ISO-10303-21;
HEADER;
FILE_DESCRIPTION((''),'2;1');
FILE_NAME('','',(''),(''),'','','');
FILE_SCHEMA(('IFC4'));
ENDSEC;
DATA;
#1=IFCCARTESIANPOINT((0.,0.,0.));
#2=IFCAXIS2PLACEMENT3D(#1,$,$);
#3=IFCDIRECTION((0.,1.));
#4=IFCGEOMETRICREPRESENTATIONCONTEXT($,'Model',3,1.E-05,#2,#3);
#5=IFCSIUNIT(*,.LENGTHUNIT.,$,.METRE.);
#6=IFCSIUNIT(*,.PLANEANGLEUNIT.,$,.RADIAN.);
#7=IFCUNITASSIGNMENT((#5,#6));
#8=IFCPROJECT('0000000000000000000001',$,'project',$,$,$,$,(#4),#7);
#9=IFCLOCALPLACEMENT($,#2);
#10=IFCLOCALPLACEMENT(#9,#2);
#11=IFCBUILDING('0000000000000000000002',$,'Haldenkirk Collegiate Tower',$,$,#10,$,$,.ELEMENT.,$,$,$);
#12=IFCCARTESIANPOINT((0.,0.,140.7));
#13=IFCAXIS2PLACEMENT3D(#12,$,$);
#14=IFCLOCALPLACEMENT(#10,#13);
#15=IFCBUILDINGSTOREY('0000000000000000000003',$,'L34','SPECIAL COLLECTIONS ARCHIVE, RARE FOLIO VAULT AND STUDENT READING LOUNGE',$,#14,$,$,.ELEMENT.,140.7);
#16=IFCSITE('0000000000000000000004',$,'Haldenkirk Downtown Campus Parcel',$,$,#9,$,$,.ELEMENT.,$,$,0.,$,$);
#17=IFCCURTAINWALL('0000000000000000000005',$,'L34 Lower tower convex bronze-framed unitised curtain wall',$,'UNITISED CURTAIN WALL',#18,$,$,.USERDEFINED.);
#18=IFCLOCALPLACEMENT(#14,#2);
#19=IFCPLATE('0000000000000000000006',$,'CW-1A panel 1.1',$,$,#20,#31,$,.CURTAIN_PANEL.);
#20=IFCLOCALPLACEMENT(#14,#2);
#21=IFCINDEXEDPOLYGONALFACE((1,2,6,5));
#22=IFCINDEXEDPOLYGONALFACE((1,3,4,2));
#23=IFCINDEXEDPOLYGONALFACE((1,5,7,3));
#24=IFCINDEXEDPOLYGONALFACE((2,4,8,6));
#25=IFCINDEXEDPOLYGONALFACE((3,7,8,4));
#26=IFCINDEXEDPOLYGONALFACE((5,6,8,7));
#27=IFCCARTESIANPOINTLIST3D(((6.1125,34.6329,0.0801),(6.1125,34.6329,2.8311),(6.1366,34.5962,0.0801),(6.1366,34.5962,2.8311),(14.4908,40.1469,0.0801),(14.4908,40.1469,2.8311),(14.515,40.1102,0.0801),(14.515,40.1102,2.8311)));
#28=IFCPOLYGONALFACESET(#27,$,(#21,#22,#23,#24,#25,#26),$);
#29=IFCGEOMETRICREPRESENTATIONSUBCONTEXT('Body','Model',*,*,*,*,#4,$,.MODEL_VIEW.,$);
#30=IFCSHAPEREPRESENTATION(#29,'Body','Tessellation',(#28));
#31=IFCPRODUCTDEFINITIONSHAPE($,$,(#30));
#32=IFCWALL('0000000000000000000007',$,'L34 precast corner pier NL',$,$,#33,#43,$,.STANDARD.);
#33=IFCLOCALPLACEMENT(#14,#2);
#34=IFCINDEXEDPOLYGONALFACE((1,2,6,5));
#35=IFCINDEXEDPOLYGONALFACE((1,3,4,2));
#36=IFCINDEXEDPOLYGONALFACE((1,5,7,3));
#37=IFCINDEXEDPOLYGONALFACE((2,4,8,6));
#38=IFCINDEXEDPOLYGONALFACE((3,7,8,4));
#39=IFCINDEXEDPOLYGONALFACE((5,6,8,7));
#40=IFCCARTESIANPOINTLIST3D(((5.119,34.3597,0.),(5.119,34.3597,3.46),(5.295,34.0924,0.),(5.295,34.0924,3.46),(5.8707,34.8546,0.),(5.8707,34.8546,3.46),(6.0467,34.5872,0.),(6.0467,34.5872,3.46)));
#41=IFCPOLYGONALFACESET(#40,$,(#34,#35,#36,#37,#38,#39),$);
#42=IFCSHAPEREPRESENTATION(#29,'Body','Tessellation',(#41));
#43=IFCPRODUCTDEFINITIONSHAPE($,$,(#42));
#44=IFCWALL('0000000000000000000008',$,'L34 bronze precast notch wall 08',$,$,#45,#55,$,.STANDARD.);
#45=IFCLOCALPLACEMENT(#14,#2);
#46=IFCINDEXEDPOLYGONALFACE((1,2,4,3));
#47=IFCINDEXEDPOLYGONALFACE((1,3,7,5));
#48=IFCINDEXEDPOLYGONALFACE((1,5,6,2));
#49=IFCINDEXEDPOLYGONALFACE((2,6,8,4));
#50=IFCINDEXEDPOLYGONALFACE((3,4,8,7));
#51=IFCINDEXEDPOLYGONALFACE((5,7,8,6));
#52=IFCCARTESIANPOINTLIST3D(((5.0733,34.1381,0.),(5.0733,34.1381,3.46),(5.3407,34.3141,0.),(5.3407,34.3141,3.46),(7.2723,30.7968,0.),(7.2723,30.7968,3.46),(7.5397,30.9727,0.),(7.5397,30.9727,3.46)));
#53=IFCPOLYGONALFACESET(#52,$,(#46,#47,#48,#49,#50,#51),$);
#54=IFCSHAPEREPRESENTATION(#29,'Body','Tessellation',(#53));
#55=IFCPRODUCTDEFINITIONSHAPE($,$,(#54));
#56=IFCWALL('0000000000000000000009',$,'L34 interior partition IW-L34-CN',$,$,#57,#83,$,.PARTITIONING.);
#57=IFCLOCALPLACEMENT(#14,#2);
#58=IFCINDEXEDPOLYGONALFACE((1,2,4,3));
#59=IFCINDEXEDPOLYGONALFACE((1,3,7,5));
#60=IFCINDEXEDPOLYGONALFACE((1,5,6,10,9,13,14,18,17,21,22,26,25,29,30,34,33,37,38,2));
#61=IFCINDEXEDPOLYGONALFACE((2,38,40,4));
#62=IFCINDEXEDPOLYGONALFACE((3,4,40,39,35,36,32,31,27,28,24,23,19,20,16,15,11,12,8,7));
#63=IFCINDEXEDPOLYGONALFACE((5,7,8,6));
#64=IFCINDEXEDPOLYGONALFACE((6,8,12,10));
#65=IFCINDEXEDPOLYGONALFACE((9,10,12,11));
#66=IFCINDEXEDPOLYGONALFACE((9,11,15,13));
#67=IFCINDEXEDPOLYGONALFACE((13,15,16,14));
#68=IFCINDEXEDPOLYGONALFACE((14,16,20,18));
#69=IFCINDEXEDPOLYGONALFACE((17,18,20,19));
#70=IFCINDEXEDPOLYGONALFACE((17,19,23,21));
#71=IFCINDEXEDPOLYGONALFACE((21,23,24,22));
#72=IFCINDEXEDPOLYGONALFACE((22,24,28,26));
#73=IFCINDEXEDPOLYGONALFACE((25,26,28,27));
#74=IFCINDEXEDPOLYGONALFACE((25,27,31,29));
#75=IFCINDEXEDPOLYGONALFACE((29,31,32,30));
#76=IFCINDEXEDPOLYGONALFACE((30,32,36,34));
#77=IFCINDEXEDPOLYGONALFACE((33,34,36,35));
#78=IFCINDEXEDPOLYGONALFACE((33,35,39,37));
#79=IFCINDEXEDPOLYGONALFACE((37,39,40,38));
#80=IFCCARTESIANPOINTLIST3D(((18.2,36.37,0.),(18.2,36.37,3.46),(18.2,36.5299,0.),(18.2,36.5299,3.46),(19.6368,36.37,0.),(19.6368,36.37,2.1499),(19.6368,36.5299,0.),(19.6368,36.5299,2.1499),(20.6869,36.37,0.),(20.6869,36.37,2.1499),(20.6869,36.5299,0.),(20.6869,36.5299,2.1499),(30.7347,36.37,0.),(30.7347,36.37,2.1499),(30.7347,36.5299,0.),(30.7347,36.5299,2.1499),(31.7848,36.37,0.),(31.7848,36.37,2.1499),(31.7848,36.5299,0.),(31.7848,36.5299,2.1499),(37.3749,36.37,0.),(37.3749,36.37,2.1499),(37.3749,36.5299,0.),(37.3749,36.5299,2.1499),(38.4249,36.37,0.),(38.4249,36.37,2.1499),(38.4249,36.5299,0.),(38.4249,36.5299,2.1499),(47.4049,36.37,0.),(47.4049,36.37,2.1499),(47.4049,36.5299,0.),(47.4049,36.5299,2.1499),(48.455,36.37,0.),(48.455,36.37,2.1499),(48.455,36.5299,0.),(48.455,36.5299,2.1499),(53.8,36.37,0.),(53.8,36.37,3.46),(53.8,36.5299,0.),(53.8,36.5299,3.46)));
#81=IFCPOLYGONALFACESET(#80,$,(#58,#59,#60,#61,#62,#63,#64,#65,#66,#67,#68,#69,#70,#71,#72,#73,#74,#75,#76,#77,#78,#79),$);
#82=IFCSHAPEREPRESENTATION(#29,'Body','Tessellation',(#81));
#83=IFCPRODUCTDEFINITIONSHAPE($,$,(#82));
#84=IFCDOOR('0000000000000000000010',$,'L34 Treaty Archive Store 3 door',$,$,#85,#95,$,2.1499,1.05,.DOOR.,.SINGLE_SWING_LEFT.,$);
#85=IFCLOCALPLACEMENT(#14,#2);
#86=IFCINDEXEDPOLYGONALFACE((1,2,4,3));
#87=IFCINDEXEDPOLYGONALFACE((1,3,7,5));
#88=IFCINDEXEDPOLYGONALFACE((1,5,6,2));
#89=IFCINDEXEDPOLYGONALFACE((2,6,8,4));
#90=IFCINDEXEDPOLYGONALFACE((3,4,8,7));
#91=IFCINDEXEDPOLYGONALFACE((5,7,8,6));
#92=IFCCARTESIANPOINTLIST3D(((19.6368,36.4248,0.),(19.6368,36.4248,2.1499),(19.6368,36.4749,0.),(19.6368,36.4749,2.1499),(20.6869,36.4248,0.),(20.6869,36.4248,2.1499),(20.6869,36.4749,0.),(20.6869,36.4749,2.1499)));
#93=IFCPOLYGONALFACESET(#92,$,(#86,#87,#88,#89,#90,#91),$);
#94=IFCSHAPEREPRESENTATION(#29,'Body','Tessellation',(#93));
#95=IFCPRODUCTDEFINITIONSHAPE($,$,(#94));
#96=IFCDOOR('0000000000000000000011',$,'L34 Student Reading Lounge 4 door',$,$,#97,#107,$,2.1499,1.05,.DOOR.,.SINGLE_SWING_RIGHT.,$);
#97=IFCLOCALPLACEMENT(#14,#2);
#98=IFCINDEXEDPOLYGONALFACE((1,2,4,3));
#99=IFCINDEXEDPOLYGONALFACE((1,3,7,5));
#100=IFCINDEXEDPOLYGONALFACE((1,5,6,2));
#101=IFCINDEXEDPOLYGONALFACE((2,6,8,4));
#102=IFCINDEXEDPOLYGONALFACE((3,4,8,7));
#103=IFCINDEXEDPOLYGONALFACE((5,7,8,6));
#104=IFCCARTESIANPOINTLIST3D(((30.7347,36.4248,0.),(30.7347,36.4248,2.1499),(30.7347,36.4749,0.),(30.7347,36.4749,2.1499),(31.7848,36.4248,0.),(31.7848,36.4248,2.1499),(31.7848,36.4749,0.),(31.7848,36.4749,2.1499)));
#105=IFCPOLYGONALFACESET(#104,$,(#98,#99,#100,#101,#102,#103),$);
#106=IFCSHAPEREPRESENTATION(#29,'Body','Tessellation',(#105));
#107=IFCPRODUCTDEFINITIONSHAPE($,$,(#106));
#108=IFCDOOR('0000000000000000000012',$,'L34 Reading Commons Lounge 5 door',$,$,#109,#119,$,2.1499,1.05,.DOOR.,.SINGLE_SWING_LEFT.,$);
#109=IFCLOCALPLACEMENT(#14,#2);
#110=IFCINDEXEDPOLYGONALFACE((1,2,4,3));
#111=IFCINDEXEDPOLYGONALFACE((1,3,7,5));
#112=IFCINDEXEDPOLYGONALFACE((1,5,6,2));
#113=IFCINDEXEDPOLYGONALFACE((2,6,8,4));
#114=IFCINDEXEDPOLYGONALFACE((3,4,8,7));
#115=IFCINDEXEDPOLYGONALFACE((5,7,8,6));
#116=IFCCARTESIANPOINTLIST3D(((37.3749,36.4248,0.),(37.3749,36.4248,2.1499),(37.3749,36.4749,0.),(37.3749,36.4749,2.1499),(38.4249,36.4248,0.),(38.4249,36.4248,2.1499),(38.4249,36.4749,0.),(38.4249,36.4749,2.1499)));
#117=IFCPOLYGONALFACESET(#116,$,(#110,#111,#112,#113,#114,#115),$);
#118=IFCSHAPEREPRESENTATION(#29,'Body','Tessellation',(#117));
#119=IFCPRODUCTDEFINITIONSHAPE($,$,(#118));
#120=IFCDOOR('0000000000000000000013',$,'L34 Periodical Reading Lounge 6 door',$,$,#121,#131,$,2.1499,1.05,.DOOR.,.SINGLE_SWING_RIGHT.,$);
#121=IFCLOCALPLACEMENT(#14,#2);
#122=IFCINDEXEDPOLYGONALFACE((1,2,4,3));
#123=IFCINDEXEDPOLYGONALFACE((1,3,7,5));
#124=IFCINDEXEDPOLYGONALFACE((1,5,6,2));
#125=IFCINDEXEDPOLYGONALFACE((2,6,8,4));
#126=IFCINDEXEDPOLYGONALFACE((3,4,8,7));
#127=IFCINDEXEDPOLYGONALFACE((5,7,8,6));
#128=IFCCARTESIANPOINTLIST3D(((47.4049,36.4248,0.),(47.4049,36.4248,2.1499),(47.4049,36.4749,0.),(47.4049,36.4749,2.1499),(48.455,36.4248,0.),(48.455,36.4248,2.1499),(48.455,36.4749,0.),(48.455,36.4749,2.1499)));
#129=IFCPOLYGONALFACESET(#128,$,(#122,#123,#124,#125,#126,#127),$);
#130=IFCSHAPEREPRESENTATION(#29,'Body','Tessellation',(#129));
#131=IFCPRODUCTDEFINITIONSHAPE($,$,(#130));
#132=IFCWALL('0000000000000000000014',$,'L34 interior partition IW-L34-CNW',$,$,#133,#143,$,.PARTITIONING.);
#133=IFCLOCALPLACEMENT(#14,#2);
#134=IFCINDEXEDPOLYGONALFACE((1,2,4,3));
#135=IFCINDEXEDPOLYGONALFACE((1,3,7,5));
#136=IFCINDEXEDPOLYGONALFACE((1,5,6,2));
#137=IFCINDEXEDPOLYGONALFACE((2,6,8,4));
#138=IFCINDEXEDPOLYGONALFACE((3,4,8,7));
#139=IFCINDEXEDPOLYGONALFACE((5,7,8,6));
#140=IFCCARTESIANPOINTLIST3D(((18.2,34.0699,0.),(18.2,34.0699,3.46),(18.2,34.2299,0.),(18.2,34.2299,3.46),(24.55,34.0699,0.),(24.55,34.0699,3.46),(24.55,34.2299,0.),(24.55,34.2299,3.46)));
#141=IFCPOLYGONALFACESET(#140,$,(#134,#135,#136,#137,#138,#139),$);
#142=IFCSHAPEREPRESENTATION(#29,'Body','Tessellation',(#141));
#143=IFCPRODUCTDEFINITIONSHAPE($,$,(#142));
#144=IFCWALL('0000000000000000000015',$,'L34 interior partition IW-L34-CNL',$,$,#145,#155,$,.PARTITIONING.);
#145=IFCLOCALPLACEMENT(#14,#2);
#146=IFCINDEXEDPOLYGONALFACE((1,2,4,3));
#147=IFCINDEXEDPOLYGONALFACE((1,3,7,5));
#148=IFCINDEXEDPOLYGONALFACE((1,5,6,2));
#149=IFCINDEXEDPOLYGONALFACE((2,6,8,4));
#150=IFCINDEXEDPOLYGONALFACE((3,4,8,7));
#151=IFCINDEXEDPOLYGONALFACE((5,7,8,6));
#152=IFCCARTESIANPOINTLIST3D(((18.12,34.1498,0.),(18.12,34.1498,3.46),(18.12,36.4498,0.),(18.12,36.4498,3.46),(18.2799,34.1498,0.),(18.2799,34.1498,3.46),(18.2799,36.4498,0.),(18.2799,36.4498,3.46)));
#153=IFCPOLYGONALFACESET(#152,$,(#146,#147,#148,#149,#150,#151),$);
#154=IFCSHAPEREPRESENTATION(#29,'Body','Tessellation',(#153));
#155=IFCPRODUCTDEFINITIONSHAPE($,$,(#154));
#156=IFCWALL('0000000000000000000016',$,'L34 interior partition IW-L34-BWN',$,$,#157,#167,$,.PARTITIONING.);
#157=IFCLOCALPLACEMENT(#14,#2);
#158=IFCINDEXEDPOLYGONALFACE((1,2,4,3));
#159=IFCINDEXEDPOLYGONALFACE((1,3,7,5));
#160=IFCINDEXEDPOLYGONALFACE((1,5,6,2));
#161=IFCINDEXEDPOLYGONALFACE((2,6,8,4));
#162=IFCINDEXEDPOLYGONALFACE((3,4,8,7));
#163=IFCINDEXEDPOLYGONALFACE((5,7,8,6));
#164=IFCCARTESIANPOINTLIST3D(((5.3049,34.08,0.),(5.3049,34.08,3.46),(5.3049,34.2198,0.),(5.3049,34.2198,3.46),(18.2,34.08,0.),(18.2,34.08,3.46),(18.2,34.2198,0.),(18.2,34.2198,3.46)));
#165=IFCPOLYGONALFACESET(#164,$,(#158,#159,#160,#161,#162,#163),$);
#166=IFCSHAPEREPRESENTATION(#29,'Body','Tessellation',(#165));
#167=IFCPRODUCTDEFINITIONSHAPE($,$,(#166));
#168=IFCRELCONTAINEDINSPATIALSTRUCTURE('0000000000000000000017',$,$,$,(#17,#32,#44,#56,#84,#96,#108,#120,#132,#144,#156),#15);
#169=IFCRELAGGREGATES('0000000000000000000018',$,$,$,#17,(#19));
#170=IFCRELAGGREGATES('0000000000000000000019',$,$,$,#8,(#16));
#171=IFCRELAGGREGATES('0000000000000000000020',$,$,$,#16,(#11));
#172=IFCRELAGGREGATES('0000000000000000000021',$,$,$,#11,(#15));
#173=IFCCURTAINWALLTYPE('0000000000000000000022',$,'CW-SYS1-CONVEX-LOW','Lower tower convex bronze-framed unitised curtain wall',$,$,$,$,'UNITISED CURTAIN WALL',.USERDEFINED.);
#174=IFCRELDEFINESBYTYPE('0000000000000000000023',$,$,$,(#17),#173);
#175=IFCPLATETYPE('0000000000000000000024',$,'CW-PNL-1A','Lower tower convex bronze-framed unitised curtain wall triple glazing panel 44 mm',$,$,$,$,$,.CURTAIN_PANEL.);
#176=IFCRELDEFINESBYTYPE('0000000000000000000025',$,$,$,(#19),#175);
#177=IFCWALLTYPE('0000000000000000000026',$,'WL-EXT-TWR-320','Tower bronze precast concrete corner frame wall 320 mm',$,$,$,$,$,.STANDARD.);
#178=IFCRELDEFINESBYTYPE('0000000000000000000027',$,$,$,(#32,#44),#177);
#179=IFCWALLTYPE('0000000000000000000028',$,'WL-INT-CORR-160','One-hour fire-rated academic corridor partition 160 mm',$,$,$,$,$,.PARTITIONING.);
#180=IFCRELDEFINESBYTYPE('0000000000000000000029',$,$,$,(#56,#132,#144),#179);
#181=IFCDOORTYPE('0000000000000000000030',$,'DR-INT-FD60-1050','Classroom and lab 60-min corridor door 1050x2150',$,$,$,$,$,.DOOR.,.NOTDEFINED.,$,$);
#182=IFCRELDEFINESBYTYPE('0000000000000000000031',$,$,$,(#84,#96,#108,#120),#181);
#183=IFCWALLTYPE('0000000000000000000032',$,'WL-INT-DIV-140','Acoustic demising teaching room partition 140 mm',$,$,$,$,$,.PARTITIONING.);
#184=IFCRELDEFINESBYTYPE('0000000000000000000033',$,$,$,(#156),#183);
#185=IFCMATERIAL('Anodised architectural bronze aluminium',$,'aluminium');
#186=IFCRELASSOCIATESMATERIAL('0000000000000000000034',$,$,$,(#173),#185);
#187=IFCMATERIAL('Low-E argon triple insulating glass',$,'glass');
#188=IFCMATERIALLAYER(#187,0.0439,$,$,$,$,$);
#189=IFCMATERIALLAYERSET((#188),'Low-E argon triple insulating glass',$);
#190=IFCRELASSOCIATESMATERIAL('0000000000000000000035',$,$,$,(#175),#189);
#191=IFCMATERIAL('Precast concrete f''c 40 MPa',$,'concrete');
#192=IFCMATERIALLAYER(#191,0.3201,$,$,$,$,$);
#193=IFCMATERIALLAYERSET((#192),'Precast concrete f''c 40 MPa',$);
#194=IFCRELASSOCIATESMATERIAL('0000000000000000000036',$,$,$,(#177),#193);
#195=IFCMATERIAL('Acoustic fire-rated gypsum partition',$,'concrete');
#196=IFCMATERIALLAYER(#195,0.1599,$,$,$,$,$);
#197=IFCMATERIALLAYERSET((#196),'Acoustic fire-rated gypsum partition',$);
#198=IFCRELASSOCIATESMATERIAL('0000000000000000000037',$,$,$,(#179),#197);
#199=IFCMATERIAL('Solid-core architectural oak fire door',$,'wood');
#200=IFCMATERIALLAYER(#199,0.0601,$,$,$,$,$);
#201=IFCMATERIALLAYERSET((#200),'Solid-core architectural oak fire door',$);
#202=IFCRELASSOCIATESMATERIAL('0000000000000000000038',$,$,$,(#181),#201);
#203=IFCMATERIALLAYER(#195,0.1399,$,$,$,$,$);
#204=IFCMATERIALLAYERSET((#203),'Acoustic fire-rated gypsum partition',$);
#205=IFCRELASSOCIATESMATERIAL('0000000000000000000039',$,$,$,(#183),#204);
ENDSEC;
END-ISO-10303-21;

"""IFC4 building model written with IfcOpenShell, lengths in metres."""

from ifc_helpers import new_model, si_unit, direction, frame, frame_2d, origin, origin_2d, place, context, subcontext, project, spatial, rectangle, extrude, source, transform, mapped, material, layer, layer_set, type_object, element, fill, aggregate, save


model = new_model("IFC4")

# Units and contexts
model_context = context("Model", 3, precision=1e-05, world=origin(), true_north=direction((0.0, 1.0)))
body_context = subcontext(model_context, "Body", "Model", "MODEL_VIEW")
ifc_project = project(units=[si_unit("LENGTHUNIT", "METRE"), si_unit("PLANEANGLEUNIT", "RADIAN")], contexts=[model_context])

# Site, building, storey
site_placement = place(None, origin())
site = spatial("IfcSite", under=ifc_project, at=site_placement, Name="Haldenkirk Downtown Campus Parcel", CompositionType="ELEMENT", RefElevation=0.0)
building_placement = place(site_placement, origin())
building = spatial("IfcBuilding", under=site, at=building_placement, Name="Haldenkirk Collegiate Tower", CompositionType="ELEMENT")
storey_placement = place(building_placement, frame((0.0, 0.0, 140.7)))
storey = spatial("IfcBuildingStorey", under=building, at=storey_placement, Name="L34", Description="SPECIAL COLLECTIONS ARCHIVE, RARE FOLIO VAULT AND STUDENT READING LOUNGE", CompositionType="ELEMENT", Elevation=140.7)

# Curtain wall, plate
ifc_material_1 = material(Name="Anodised architectural bronze aluminium", Category="aluminium")
curtain_wall_type = type_object("IfcCurtainWallType", Name="CW-SYS1-CONVEX-LOW", Description="Lower tower convex bronze-framed unitised curtain wall", ElementType="UNITISED CURTAIN WALL", PredefinedType="USERDEFINED", material=ifc_material_1)
curtain_wall_placement = place(storey_placement, origin())
curtain_wall = element("IfcCurtainWall", 1, at=curtain_wall_placement, inside=storey, type_object=curtain_wall_type, Name="L34 Lower tower convex bronze-framed unitised curtain wall", ObjectType="UNITISED CURTAIN WALL", PredefinedType="USERDEFINED")
ifc_material_2 = material(Name="Low-E argon triple insulating glass", Category="glass")
ifc_layer_1 = layer(ifc_material_2, 0.0439)
ifc_layer_set_1 = layer_set([ifc_layer_1], Name="Low-E argon triple insulating glass")
plate_type = type_object("IfcPlateType", Name="CW-PNL-1A", Description="Lower tower convex bronze-framed unitised curtain wall triple glazing panel 44 mm", PredefinedType="CURTAIN_PANEL", material=ifc_layer_set_1)
shared_shape_1 = source(origin(), body_context, "Body", "SweptSolid", [
    extrude(rectangle(XDim=10.03, YDim=0.0439, at=origin_2d()), origin(), (0.0, 0.0, 1.0), 2.751),
])
plate_placement = place(storey_placement, frame((10.3137, 37.3716, 0.0801), z_axis=(0.0, 0.0, 1.0), x_axis=(0.835329, 0.54975, 0.0)))
plate = element("IfcPlate", 2, at=plate_placement, type_object=plate_type, Name="CW-1A panel 1.1", PredefinedType="CURTAIN_PANEL", context=body_context, shape_type="MappedRepresentation", body=[
    mapped(shared_shape_1, transform((0.0, 0.0, 0.0), x_axis=(1.0, 0.0, 0.0), y_axis=(0.0, 1.0, 0.0), z_axis=(0.0, 0.0, 1.0), scale=1.0)),
])
aggregate(curtain_wall, [plate])

# Walls
ifc_material_3 = material(Name="Precast concrete f'c 40 MPa", Category="concrete")
ifc_layer_2 = layer(ifc_material_3, 0.3201)
ifc_layer_set_2 = layer_set([ifc_layer_2], Name="Precast concrete f'c 40 MPa")
wall_type_1 = type_object("IfcWallType", Name="WL-EXT-TWR-320", Description="Tower bronze precast concrete corner frame wall 320 mm", PredefinedType="STANDARD", material=ifc_layer_set_2)
wall_1_placement = place(storey_placement, frame((5.207, 34.2261, 0.0), z_axis=(0.0, 0.0, 1.0), x_axis=(0.83525, 0.549871, 0.0)))
element("IfcWall", 3, at=wall_1_placement, inside=storey, type_object=wall_type_1, Name="L34 precast corner pier NL", PredefinedType="STANDARD", context=body_context, shape_type="SweptSolid", body=[
    extrude(rectangle(XDim=0.8999, YDim=0.3201, at=frame_2d((0.45, 0.0))), origin(), (0.0, 0.0, 1.0), 3.46),
])
wall_2_placement = place(storey_placement, frame((7.406, 30.8848, 0.0), z_axis=(0.0, 0.0, 1.0), x_axis=(-0.549747, 0.835332, 0.0)))
element("IfcWall", 4, at=wall_2_placement, inside=storey, type_object=wall_type_1, Name="L34 bronze precast notch wall 08", PredefinedType="STANDARD", context=body_context, shape_type="SweptSolid", body=[
    extrude(rectangle(XDim=4.0, YDim=0.3201, at=frame_2d((2.0, 0.0))), origin(), (0.0, 0.0, 1.0), 3.46),
])

# Wall, openings, doors
ifc_material_4 = material(Name="Acoustic fire-rated gypsum partition", Category="concrete")
ifc_layer_3 = layer(ifc_material_4, 0.1599)
ifc_layer_set_3 = layer_set([ifc_layer_3], Name="Acoustic fire-rated gypsum partition")
wall_type_2 = type_object("IfcWallType", Name="WL-INT-CORR-160", Description="One-hour fire-rated academic corridor partition 160 mm", PredefinedType="PARTITIONING", material=ifc_layer_set_3)
wall_3_placement = place(storey_placement, frame((18.2, 36.45, 0.0), z_axis=(0.0, 0.0, 1.0), x_axis=(1.0, 0.0, 0.0)))
wall_3 = element("IfcWall", 5, at=wall_3_placement, inside=storey, type_object=wall_type_2, Name="L34 interior partition IW-L34-CN", PredefinedType="PARTITIONING", context=body_context, shape_type="SweptSolid", body=[
    extrude(rectangle(XDim=35.6001, YDim=0.1599, at=frame_2d((17.8, 0.0))), origin(), (0.0, 0.0, 1.0), 3.46),
])
opening_1_placement = place(wall_3_placement, frame((1.437, 0.0, 0.0)))
opening_1 = element("IfcOpeningElement", 6, at=opening_1_placement, cuts=wall_3, PredefinedType="OPENING", context=body_context, shape_type="SweptSolid", body=[
    extrude(rectangle(XDim=1.05, YDim=2.1499, at=frame_2d((0.5249, 1.075))), frame((0.0, 0.0898, 0.0), z_axis=(0.0, -1.0, 0.0), x_axis=(1.0, 0.0, 0.0)), (0.0, 0.0, 1.0), 0.1799),
])
opening_2_placement = place(wall_3_placement, frame((12.5349, 0.0, 0.0)))
opening_2 = element("IfcOpeningElement", 7, at=opening_2_placement, cuts=wall_3, PredefinedType="OPENING", context=body_context, shape_type="SweptSolid", body=[
    extrude(rectangle(XDim=1.05, YDim=2.1499, at=frame_2d((0.5249, 1.075))), frame((0.0, 0.0898, 0.0), z_axis=(0.0, -1.0, 0.0), x_axis=(1.0, 0.0, 0.0)), (0.0, 0.0, 1.0), 0.1799),
])
opening_3_placement = place(wall_3_placement, frame((19.175, 0.0, 0.0)))
opening_3 = element("IfcOpeningElement", 8, at=opening_3_placement, cuts=wall_3, PredefinedType="OPENING", context=body_context, shape_type="SweptSolid", body=[
    extrude(rectangle(XDim=1.05, YDim=2.1499, at=frame_2d((0.5249, 1.075))), frame((0.0, 0.0898, 0.0), z_axis=(0.0, -1.0, 0.0), x_axis=(1.0, 0.0, 0.0)), (0.0, 0.0, 1.0), 0.1799),
])
opening_4_placement = place(wall_3_placement, frame((29.2051, 0.0, 0.0)))
opening_4 = element("IfcOpeningElement", 9, at=opening_4_placement, cuts=wall_3, PredefinedType="OPENING", context=body_context, shape_type="SweptSolid", body=[
    extrude(rectangle(XDim=1.05, YDim=2.1499, at=frame_2d((0.5249, 1.075))), frame((0.0, 0.0898, 0.0), z_axis=(0.0, -1.0, 0.0), x_axis=(1.0, 0.0, 0.0)), (0.0, 0.0, 1.0), 0.1799),
])
ifc_material_5 = material(Name="Solid-core architectural oak fire door", Category="wood")
ifc_layer_4 = layer(ifc_material_5, 0.0601)
ifc_layer_set_4 = layer_set([ifc_layer_4], Name="Solid-core architectural oak fire door")
door_type = type_object("IfcDoorType", Name="DR-INT-FD60-1050", Description="Classroom and lab 60-min corridor door 1050x2150", OperationType="NOTDEFINED", PredefinedType="DOOR", material=ifc_layer_set_4)
door_1_placement = place(opening_1_placement, origin())
door_1 = element("IfcDoor", 10, at=door_1_placement, inside=storey, type_object=door_type, Name="L34 Treaty Archive Store 3 door", OperationType="SINGLE_SWING_LEFT", OverallHeight=2.1499, OverallWidth=1.05, PredefinedType="DOOR", context=body_context, shape_type="SweptSolid", body=[
    extrude(rectangle(XDim=1.05, YDim=2.1499, at=frame_2d((0.5249, 1.075))), frame((0.0, 0.0249, 0.0), z_axis=(0.0, -1.0, 0.0), x_axis=(1.0, 0.0, 0.0)), (0.0, 0.0, 1.0), 0.05),
])
fill(opening_1, door_1)
door_2_placement = place(opening_2_placement, origin())
door_2 = element("IfcDoor", 11, at=door_2_placement, inside=storey, type_object=door_type, Name="L34 Student Reading Lounge 4 door", OperationType="SINGLE_SWING_RIGHT", OverallHeight=2.1499, OverallWidth=1.05, PredefinedType="DOOR", context=body_context, shape_type="SweptSolid", body=[
    extrude(rectangle(XDim=1.05, YDim=2.1499, at=frame_2d((0.5249, 1.075))), frame((0.0, 0.0249, 0.0), z_axis=(0.0, -1.0, 0.0), x_axis=(1.0, 0.0, 0.0)), (0.0, 0.0, 1.0), 0.05),
])
fill(opening_2, door_2)
door_3_placement = place(opening_3_placement, origin())
door_3 = element("IfcDoor", 12, at=door_3_placement, inside=storey, type_object=door_type, Name="L34 Reading Commons Lounge 5 door", OperationType="SINGLE_SWING_LEFT", OverallHeight=2.1499, OverallWidth=1.05, PredefinedType="DOOR", context=body_context, shape_type="SweptSolid", body=[
    extrude(rectangle(XDim=1.05, YDim=2.1499, at=frame_2d((0.5249, 1.075))), frame((0.0, 0.0249, 0.0), z_axis=(0.0, -1.0, 0.0), x_axis=(1.0, 0.0, 0.0)), (0.0, 0.0, 1.0), 0.05),
])
fill(opening_3, door_3)
door_4_placement = place(opening_4_placement, origin())
door_4 = element("IfcDoor", 13, at=door_4_placement, inside=storey, type_object=door_type, Name="L34 Periodical Reading Lounge 6 door", OperationType="SINGLE_SWING_RIGHT", OverallHeight=2.1499, OverallWidth=1.05, PredefinedType="DOOR", context=body_context, shape_type="SweptSolid", body=[
    extrude(rectangle(XDim=1.05, YDim=2.1499, at=frame_2d((0.5249, 1.075))), frame((0.0, 0.0249, 0.0), z_axis=(0.0, -1.0, 0.0), x_axis=(1.0, 0.0, 0.0)), (0.0, 0.0, 1.0), 0.05),
])
fill(opening_4, door_4)

# Walls
wall_4_placement = place(storey_placement, frame((18.2, 34.1499, 0.0), z_axis=(0.0, 0.0, 1.0), x_axis=(1.0, 0.0, 0.0)))
element("IfcWall", 14, at=wall_4_placement, inside=storey, type_object=wall_type_2, Name="L34 interior partition IW-L34-CNW", PredefinedType="PARTITIONING", context=body_context, shape_type="SweptSolid", body=[
    extrude(rectangle(XDim=6.3501, YDim=0.1599, at=frame_2d((3.175, 0.0))), origin(), (0.0, 0.0, 1.0), 3.46),
])
wall_5_placement = place(storey_placement, frame((18.2, 34.1499, 0.0), z_axis=(0.0, 0.0, 1.0), x_axis=(0.0, 1.0, 0.0)))
element("IfcWall", 15, at=wall_5_placement, inside=storey, type_object=wall_type_2, Name="L34 interior partition IW-L34-CNL", PredefinedType="PARTITIONING", context=body_context, shape_type="SweptSolid", body=[
    extrude(rectangle(XDim=2.3, YDim=0.1599, at=frame_2d((1.1499, 0.0))), origin(), (0.0, 0.0, 1.0), 3.46),
])
ifc_layer_5 = layer(ifc_material_4, 0.1399)
ifc_layer_set_5 = layer_set([ifc_layer_5], Name="Acoustic fire-rated gypsum partition")
wall_type_3 = type_object("IfcWallType", Name="WL-INT-DIV-140", Description="Acoustic demising teaching room partition 140 mm", PredefinedType="PARTITIONING", material=ifc_layer_set_5)
wall_6_placement = place(storey_placement, frame((5.3049, 34.1499, 0.0), z_axis=(0.0, 0.0, 1.0), x_axis=(1.0, 0.0, 0.0)))
element("IfcWall", 16, at=wall_6_placement, inside=storey, type_object=wall_type_3, Name="L34 interior partition IW-L34-BWN", PredefinedType="PARTITIONING", context=body_context, shape_type="SweptSolid", body=[
    extrude(rectangle(XDim=12.895, YDim=0.1399, at=frame_2d((6.4475, 0.0))), origin(), (0.0, 0.0, 1.0), 3.46),
])

save(model, "model.ifc")
